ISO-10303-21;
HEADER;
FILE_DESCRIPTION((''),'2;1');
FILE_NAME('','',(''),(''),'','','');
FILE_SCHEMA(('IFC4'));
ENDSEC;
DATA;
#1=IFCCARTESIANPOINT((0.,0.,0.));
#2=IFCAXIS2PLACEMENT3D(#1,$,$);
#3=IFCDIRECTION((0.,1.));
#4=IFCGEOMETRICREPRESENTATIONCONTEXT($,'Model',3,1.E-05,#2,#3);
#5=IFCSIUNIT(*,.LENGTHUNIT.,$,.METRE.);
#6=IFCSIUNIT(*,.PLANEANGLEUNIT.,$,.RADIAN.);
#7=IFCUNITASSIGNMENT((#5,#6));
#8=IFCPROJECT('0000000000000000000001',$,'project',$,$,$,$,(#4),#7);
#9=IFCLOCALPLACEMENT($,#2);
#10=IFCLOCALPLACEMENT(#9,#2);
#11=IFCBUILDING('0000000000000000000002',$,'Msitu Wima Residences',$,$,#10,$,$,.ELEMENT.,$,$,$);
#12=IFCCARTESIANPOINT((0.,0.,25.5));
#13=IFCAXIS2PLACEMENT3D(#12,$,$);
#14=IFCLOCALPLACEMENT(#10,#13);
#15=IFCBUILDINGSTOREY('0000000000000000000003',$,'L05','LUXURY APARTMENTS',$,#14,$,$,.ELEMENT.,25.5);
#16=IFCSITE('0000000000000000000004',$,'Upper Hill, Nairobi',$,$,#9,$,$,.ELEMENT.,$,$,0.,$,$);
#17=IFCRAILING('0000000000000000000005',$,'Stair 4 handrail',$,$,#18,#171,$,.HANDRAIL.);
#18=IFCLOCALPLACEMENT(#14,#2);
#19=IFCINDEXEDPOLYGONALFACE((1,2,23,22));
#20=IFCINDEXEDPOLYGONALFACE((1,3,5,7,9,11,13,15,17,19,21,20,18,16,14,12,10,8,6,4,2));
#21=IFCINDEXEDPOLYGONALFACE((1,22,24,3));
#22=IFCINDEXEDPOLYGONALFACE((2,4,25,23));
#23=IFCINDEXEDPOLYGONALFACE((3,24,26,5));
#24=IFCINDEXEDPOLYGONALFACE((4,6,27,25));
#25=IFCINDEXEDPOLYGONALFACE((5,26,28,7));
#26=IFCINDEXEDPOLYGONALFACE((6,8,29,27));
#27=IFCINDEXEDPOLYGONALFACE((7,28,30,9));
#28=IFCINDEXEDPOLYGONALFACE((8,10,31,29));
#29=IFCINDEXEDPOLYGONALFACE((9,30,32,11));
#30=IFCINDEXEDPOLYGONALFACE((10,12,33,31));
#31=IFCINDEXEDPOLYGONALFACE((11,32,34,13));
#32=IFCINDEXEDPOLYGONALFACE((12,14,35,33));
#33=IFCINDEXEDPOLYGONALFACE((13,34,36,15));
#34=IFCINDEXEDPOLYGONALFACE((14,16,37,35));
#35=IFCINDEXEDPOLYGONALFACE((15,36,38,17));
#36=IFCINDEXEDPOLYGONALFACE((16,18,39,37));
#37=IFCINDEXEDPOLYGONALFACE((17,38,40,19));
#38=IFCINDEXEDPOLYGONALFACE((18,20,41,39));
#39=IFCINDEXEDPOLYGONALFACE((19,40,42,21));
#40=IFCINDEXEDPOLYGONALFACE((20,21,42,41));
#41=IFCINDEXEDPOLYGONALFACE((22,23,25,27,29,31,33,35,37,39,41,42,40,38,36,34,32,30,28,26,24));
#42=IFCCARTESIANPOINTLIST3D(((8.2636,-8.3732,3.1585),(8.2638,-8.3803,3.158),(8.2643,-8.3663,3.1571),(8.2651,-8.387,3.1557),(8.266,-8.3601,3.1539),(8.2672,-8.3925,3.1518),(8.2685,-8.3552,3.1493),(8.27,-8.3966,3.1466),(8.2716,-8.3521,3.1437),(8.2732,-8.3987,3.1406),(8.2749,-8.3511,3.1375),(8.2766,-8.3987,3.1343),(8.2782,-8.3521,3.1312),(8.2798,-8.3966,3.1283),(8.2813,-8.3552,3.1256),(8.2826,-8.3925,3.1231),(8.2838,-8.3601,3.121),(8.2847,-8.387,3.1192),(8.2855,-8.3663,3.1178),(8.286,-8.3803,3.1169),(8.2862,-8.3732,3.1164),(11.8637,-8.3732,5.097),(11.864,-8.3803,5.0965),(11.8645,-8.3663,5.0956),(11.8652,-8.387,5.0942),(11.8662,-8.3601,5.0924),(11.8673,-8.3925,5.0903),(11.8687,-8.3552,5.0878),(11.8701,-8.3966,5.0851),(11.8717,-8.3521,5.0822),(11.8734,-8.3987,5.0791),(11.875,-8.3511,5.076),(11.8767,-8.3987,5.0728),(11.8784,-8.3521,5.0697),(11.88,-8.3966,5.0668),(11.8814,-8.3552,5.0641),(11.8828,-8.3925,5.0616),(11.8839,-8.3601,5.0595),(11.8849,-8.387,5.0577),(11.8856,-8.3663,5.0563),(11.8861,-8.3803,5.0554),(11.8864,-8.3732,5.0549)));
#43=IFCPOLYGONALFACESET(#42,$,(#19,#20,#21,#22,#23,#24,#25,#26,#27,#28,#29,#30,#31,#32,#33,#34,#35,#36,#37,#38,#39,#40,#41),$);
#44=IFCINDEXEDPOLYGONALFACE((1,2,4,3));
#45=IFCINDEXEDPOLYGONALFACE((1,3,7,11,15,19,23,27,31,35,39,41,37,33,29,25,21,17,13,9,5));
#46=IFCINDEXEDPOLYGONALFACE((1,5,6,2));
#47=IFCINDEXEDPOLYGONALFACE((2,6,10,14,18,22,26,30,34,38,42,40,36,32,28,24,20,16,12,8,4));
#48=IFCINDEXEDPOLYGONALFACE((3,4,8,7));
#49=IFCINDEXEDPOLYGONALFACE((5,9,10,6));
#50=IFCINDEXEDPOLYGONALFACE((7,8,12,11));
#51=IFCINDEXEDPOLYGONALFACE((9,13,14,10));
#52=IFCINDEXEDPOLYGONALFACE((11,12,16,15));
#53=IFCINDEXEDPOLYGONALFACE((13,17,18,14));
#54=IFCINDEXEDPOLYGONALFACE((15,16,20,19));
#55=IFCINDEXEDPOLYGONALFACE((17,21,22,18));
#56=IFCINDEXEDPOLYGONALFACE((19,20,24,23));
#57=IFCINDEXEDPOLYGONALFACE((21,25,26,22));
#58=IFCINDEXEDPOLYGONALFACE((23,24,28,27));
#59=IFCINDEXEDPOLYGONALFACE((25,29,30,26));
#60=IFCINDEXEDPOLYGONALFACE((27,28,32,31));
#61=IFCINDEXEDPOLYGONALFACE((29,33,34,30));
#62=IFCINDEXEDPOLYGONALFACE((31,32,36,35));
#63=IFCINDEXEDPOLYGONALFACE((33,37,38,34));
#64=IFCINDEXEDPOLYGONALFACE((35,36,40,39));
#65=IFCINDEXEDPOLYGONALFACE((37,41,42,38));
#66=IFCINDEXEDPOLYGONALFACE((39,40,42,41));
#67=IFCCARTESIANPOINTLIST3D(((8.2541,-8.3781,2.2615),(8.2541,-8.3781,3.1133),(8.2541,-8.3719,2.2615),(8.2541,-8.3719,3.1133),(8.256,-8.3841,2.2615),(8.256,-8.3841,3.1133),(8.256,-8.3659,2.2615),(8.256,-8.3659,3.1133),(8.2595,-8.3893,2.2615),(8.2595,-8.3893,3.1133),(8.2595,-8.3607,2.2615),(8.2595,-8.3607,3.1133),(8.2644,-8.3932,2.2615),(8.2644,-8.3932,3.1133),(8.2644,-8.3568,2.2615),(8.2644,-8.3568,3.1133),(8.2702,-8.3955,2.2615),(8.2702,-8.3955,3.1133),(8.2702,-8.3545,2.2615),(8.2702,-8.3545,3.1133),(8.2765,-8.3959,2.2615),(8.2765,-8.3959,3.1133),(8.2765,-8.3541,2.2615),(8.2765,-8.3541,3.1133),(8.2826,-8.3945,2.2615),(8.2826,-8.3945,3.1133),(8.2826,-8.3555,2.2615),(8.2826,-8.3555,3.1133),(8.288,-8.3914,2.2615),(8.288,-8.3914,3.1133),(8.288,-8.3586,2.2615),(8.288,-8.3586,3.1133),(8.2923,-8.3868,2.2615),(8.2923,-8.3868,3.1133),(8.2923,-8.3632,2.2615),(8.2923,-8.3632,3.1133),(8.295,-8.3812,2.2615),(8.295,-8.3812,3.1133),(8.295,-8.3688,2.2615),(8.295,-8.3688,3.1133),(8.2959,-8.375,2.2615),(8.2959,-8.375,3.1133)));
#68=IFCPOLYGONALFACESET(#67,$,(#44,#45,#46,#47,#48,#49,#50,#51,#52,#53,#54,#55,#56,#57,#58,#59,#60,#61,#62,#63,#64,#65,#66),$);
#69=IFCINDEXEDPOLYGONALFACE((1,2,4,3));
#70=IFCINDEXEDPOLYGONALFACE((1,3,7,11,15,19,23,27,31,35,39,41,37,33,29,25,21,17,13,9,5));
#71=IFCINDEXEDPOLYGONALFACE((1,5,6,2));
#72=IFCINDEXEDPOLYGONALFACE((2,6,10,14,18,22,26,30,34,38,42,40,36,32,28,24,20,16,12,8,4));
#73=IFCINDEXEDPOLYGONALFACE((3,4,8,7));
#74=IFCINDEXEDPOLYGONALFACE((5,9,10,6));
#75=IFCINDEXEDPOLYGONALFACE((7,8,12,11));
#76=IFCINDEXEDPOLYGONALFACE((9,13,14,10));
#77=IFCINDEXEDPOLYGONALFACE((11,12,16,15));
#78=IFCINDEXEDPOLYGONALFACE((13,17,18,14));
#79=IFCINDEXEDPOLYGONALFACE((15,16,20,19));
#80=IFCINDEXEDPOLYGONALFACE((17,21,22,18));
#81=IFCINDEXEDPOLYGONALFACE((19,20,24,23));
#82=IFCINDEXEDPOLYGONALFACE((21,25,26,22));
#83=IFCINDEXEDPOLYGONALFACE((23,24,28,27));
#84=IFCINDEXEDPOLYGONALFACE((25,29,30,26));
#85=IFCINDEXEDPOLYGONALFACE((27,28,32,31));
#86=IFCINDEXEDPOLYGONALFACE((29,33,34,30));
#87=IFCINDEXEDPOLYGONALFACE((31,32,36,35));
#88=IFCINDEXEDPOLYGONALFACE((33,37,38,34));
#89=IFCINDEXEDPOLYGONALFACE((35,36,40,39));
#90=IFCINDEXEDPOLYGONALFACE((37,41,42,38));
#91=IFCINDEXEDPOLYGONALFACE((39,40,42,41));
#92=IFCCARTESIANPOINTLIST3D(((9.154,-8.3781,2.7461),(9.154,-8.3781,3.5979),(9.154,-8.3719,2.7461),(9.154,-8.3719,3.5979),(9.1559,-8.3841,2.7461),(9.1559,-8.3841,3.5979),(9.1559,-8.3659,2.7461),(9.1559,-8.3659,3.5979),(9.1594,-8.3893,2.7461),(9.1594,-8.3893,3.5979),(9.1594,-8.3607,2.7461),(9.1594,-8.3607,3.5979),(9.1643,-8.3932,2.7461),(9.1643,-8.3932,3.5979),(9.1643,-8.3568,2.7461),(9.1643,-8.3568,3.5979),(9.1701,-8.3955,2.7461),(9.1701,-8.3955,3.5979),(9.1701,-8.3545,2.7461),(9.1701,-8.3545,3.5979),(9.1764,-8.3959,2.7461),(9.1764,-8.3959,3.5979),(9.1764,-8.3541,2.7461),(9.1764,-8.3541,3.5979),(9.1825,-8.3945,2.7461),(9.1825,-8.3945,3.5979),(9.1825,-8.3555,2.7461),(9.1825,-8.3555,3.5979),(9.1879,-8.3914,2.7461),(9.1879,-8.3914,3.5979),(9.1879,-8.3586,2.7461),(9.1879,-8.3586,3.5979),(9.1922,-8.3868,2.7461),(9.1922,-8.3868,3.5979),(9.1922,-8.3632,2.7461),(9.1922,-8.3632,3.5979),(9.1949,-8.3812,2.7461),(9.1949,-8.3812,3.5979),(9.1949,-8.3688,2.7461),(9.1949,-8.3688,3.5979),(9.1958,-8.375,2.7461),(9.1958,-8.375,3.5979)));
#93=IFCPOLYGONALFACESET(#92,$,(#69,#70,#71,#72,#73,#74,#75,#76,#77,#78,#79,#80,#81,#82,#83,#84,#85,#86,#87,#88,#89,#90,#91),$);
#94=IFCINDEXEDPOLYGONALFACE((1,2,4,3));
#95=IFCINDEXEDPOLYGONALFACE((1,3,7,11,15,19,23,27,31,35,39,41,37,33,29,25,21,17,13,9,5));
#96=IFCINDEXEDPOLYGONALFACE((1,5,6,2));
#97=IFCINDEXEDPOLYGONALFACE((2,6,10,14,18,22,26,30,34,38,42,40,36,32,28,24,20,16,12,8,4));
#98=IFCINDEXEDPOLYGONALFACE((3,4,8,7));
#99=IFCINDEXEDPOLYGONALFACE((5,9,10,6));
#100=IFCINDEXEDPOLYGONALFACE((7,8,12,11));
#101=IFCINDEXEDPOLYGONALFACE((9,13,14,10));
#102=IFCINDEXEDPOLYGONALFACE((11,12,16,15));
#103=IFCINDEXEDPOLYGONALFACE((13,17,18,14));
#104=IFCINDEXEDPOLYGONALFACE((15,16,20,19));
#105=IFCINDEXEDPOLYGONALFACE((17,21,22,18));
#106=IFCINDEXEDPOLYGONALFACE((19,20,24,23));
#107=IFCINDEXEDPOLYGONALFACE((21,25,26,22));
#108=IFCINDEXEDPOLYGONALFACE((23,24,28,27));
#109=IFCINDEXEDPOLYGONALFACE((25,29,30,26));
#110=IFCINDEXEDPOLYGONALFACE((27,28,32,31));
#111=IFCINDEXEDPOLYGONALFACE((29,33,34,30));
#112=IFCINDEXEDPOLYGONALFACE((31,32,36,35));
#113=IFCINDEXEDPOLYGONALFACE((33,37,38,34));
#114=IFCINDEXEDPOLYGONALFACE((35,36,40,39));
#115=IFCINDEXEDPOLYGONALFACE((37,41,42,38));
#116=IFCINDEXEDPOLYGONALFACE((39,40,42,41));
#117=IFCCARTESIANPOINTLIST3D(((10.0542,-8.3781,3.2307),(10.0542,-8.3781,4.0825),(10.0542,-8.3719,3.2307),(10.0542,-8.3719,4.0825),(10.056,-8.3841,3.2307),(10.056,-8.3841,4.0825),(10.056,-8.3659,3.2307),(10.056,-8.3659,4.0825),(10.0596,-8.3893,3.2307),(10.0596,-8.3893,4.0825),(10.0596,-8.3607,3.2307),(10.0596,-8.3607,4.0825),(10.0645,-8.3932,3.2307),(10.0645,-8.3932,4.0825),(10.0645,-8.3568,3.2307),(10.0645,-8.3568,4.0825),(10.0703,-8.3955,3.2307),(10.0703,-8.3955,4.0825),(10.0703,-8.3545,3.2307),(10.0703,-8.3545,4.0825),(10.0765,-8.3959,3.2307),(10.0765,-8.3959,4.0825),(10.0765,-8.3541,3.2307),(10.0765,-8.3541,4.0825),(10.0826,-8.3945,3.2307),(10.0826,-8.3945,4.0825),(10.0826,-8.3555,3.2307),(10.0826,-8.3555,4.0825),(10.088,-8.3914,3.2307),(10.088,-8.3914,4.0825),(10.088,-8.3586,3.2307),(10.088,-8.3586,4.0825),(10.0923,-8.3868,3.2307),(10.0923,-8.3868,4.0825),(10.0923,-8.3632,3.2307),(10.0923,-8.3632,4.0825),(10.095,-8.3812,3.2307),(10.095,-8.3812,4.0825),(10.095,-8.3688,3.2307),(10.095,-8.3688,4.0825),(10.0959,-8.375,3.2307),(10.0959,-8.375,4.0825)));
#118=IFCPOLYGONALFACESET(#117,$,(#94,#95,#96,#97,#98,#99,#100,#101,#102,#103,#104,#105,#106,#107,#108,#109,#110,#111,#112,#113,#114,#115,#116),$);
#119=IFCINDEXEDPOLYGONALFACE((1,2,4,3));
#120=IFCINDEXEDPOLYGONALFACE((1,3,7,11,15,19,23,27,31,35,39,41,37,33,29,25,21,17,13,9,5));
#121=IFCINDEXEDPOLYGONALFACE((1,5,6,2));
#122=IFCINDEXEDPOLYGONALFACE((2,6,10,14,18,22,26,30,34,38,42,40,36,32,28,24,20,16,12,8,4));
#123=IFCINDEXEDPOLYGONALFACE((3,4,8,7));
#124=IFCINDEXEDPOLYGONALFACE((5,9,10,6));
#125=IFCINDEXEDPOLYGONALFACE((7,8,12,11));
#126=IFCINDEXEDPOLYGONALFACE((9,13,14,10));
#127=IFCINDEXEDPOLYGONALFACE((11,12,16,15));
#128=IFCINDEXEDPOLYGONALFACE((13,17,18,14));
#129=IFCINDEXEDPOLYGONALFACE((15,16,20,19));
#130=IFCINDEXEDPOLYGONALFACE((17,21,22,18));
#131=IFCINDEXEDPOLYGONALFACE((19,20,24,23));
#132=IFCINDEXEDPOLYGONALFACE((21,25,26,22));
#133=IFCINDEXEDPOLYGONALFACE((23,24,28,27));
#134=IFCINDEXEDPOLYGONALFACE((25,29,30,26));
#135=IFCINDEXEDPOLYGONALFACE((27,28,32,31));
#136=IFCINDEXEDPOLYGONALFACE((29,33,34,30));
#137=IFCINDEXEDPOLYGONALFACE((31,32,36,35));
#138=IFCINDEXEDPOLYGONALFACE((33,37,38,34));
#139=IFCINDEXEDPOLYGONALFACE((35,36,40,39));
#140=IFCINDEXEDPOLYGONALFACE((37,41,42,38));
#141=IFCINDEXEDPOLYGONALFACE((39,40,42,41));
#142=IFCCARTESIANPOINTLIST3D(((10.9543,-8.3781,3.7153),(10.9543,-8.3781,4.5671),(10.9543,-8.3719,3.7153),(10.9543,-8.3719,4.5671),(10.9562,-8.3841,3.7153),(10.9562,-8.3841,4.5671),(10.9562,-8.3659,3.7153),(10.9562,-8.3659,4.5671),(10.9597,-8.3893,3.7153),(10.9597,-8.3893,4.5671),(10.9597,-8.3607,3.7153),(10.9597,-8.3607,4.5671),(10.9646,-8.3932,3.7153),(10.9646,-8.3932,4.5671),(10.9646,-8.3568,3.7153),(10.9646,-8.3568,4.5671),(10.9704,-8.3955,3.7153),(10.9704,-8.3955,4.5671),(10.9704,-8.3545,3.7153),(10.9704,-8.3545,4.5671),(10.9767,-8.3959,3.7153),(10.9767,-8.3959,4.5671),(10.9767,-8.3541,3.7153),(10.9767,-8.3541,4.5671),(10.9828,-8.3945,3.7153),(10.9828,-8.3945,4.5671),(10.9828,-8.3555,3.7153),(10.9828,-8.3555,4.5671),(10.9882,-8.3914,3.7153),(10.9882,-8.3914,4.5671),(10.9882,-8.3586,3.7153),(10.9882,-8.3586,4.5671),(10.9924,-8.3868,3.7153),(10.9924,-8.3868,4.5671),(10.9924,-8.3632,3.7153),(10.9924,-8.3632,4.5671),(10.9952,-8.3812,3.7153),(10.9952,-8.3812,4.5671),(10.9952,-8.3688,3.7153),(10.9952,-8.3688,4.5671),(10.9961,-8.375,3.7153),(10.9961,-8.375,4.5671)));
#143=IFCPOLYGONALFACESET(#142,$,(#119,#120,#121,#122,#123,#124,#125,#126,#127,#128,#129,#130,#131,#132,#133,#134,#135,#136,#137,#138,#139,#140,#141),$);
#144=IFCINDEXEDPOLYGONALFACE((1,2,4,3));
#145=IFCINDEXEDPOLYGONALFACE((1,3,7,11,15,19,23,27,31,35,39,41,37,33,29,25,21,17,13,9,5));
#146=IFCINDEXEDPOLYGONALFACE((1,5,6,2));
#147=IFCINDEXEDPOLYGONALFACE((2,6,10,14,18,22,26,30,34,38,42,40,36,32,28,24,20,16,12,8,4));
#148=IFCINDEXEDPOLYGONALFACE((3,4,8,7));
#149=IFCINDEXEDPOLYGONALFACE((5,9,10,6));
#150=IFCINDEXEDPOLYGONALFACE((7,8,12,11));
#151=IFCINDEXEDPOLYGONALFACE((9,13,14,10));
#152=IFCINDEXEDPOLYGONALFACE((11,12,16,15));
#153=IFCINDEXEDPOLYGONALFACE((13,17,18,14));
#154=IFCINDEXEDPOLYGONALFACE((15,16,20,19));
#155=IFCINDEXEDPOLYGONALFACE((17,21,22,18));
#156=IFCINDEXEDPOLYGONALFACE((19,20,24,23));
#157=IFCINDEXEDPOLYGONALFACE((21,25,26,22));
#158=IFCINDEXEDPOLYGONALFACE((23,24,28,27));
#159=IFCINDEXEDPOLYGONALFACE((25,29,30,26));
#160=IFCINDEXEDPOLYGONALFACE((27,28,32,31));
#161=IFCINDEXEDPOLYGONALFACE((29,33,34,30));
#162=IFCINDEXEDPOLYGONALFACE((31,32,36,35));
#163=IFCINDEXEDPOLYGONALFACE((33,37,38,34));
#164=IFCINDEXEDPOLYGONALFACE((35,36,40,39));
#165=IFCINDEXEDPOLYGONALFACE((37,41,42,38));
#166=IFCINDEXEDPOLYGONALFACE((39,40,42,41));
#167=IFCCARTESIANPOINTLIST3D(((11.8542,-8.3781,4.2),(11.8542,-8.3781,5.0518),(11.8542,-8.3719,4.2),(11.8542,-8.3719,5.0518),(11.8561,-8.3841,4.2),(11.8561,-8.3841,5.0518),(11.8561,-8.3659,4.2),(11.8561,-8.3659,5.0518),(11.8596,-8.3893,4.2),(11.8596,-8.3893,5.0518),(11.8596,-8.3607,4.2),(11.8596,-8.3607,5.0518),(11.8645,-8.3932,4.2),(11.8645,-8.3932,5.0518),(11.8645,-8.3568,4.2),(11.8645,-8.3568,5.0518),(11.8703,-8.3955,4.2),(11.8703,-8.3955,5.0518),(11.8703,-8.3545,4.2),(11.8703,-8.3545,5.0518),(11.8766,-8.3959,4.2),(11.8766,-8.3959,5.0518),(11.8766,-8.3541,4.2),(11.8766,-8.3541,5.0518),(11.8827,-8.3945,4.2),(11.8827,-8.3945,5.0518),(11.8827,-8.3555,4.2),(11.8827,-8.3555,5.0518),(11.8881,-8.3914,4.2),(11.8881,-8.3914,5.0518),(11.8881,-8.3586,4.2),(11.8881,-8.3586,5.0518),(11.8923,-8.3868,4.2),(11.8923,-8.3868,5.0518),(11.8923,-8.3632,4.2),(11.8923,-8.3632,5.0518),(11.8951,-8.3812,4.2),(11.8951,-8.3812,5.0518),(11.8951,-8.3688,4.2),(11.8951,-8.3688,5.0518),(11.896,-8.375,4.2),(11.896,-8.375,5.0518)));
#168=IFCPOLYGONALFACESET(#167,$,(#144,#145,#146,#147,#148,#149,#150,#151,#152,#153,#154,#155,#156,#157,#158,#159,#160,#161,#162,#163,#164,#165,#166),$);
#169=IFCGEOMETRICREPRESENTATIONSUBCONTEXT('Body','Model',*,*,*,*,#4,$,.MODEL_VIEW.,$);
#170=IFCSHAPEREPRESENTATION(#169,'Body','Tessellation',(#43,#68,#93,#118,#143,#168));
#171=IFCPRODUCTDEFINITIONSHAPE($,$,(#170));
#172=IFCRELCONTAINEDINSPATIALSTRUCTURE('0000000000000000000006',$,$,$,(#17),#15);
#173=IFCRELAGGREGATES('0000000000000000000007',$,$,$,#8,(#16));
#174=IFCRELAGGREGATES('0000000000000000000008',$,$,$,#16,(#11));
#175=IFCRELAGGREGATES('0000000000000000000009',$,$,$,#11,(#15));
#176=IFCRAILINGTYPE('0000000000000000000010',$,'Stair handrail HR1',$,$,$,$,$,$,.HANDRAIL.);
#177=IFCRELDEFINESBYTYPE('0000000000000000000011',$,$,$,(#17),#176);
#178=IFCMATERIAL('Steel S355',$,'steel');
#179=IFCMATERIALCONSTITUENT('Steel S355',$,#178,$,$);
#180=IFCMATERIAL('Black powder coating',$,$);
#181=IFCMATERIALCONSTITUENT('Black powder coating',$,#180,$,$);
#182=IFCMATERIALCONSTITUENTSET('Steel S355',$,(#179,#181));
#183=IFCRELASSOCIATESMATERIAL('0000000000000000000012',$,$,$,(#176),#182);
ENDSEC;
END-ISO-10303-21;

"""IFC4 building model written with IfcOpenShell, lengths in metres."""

from ifc_helpers import new_model, si_unit, direction, frame, origin, origin_2d, place, context, subcontext, project, spatial, circle, extrude, material, constituent, constituent_set, type_object, element, save


model = new_model("IFC4")

# Units and contexts
model_context = context("Model", 3, precision=1e-05, world=origin(), true_north=direction((0.0, 1.0)))
body_context = subcontext(model_context, "Body", "Model", "MODEL_VIEW")
ifc_project = project(units=[si_unit("LENGTHUNIT", "METRE"), si_unit("PLANEANGLEUNIT", "RADIAN")], contexts=[model_context])

# Site, building, storey
site_placement = place(None, origin())
site = spatial("IfcSite", under=ifc_project, at=site_placement, Name="Upper Hill, Nairobi", CompositionType="ELEMENT", RefElevation=0.0)
building_placement = place(site_placement, origin())
building = spatial("IfcBuilding", under=site, at=building_placement, Name="Msitu Wima Residences", CompositionType="ELEMENT")
storey_placement = place(building_placement, frame((0.0, 0.0, 25.5)))
storey = spatial("IfcBuildingStorey", under=building, at=storey_placement, Name="L05", Description="LUXURY APARTMENTS", CompositionType="ELEMENT", Elevation=25.5)

# Railing
ifc_material_1 = material(Name="Steel S355", Category="steel")
ifc_constituent_1 = constituent(ifc_material_1, Name="Steel S355")
ifc_material_2 = material(Name="Black powder coating")
ifc_constituent_2 = constituent(ifc_material_2, Name="Black powder coating")
ifc_constituent_set = constituent_set(constituents=[ifc_constituent_1, ifc_constituent_2], Name="Steel S355")
railing_type = type_object("IfcRailingType", Name="Stair handrail HR1", PredefinedType="HANDRAIL", material=ifc_constituent_set)
for number, where, name in (
    (1, (8.2749, -8.375, 2.2615), "Stair 4 handrail"),
):
    element("IfcRailing", number, at=place(storey_placement, frame(where)), inside=storey, type_object=railing_type, Name=name, PredefinedType="HANDRAIL", context=body_context, shape_type="SweptSolid", body=[
        extrude(circle(Radius=0.0239, at=origin_2d()), frame((0.0, 0.0, 0.876), z_axis=(0.880475, 0.0, 0.474093), x_axis=(0.0, 1.0, 0.0)), (0.0, 0.0, 1.0), 4.0889),
        extrude(circle(Radius=0.021, at=origin_2d()), origin(), (0.0, 0.0, 1.0), 0.8518),
        extrude(circle(Radius=0.021, at=origin_2d()), frame((0.8999, 0.0, 0.4846)), (0.0, 0.0, 1.0), 0.8518),
        extrude(circle(Radius=0.021, at=origin_2d()), frame((1.8, 0.0, 0.9692)), (0.0, 0.0, 1.0), 0.8518),
        extrude(circle(Radius=0.021, at=origin_2d()), frame((2.7002, 0.0, 1.4539)), (0.0, 0.0, 1.0), 0.8518),
        extrude(circle(Radius=0.021, at=origin_2d()), frame((3.6001, 0.0, 1.9385)), (0.0, 0.0, 1.0), 0.8518),
    ])

save(model, "model.ifc")
